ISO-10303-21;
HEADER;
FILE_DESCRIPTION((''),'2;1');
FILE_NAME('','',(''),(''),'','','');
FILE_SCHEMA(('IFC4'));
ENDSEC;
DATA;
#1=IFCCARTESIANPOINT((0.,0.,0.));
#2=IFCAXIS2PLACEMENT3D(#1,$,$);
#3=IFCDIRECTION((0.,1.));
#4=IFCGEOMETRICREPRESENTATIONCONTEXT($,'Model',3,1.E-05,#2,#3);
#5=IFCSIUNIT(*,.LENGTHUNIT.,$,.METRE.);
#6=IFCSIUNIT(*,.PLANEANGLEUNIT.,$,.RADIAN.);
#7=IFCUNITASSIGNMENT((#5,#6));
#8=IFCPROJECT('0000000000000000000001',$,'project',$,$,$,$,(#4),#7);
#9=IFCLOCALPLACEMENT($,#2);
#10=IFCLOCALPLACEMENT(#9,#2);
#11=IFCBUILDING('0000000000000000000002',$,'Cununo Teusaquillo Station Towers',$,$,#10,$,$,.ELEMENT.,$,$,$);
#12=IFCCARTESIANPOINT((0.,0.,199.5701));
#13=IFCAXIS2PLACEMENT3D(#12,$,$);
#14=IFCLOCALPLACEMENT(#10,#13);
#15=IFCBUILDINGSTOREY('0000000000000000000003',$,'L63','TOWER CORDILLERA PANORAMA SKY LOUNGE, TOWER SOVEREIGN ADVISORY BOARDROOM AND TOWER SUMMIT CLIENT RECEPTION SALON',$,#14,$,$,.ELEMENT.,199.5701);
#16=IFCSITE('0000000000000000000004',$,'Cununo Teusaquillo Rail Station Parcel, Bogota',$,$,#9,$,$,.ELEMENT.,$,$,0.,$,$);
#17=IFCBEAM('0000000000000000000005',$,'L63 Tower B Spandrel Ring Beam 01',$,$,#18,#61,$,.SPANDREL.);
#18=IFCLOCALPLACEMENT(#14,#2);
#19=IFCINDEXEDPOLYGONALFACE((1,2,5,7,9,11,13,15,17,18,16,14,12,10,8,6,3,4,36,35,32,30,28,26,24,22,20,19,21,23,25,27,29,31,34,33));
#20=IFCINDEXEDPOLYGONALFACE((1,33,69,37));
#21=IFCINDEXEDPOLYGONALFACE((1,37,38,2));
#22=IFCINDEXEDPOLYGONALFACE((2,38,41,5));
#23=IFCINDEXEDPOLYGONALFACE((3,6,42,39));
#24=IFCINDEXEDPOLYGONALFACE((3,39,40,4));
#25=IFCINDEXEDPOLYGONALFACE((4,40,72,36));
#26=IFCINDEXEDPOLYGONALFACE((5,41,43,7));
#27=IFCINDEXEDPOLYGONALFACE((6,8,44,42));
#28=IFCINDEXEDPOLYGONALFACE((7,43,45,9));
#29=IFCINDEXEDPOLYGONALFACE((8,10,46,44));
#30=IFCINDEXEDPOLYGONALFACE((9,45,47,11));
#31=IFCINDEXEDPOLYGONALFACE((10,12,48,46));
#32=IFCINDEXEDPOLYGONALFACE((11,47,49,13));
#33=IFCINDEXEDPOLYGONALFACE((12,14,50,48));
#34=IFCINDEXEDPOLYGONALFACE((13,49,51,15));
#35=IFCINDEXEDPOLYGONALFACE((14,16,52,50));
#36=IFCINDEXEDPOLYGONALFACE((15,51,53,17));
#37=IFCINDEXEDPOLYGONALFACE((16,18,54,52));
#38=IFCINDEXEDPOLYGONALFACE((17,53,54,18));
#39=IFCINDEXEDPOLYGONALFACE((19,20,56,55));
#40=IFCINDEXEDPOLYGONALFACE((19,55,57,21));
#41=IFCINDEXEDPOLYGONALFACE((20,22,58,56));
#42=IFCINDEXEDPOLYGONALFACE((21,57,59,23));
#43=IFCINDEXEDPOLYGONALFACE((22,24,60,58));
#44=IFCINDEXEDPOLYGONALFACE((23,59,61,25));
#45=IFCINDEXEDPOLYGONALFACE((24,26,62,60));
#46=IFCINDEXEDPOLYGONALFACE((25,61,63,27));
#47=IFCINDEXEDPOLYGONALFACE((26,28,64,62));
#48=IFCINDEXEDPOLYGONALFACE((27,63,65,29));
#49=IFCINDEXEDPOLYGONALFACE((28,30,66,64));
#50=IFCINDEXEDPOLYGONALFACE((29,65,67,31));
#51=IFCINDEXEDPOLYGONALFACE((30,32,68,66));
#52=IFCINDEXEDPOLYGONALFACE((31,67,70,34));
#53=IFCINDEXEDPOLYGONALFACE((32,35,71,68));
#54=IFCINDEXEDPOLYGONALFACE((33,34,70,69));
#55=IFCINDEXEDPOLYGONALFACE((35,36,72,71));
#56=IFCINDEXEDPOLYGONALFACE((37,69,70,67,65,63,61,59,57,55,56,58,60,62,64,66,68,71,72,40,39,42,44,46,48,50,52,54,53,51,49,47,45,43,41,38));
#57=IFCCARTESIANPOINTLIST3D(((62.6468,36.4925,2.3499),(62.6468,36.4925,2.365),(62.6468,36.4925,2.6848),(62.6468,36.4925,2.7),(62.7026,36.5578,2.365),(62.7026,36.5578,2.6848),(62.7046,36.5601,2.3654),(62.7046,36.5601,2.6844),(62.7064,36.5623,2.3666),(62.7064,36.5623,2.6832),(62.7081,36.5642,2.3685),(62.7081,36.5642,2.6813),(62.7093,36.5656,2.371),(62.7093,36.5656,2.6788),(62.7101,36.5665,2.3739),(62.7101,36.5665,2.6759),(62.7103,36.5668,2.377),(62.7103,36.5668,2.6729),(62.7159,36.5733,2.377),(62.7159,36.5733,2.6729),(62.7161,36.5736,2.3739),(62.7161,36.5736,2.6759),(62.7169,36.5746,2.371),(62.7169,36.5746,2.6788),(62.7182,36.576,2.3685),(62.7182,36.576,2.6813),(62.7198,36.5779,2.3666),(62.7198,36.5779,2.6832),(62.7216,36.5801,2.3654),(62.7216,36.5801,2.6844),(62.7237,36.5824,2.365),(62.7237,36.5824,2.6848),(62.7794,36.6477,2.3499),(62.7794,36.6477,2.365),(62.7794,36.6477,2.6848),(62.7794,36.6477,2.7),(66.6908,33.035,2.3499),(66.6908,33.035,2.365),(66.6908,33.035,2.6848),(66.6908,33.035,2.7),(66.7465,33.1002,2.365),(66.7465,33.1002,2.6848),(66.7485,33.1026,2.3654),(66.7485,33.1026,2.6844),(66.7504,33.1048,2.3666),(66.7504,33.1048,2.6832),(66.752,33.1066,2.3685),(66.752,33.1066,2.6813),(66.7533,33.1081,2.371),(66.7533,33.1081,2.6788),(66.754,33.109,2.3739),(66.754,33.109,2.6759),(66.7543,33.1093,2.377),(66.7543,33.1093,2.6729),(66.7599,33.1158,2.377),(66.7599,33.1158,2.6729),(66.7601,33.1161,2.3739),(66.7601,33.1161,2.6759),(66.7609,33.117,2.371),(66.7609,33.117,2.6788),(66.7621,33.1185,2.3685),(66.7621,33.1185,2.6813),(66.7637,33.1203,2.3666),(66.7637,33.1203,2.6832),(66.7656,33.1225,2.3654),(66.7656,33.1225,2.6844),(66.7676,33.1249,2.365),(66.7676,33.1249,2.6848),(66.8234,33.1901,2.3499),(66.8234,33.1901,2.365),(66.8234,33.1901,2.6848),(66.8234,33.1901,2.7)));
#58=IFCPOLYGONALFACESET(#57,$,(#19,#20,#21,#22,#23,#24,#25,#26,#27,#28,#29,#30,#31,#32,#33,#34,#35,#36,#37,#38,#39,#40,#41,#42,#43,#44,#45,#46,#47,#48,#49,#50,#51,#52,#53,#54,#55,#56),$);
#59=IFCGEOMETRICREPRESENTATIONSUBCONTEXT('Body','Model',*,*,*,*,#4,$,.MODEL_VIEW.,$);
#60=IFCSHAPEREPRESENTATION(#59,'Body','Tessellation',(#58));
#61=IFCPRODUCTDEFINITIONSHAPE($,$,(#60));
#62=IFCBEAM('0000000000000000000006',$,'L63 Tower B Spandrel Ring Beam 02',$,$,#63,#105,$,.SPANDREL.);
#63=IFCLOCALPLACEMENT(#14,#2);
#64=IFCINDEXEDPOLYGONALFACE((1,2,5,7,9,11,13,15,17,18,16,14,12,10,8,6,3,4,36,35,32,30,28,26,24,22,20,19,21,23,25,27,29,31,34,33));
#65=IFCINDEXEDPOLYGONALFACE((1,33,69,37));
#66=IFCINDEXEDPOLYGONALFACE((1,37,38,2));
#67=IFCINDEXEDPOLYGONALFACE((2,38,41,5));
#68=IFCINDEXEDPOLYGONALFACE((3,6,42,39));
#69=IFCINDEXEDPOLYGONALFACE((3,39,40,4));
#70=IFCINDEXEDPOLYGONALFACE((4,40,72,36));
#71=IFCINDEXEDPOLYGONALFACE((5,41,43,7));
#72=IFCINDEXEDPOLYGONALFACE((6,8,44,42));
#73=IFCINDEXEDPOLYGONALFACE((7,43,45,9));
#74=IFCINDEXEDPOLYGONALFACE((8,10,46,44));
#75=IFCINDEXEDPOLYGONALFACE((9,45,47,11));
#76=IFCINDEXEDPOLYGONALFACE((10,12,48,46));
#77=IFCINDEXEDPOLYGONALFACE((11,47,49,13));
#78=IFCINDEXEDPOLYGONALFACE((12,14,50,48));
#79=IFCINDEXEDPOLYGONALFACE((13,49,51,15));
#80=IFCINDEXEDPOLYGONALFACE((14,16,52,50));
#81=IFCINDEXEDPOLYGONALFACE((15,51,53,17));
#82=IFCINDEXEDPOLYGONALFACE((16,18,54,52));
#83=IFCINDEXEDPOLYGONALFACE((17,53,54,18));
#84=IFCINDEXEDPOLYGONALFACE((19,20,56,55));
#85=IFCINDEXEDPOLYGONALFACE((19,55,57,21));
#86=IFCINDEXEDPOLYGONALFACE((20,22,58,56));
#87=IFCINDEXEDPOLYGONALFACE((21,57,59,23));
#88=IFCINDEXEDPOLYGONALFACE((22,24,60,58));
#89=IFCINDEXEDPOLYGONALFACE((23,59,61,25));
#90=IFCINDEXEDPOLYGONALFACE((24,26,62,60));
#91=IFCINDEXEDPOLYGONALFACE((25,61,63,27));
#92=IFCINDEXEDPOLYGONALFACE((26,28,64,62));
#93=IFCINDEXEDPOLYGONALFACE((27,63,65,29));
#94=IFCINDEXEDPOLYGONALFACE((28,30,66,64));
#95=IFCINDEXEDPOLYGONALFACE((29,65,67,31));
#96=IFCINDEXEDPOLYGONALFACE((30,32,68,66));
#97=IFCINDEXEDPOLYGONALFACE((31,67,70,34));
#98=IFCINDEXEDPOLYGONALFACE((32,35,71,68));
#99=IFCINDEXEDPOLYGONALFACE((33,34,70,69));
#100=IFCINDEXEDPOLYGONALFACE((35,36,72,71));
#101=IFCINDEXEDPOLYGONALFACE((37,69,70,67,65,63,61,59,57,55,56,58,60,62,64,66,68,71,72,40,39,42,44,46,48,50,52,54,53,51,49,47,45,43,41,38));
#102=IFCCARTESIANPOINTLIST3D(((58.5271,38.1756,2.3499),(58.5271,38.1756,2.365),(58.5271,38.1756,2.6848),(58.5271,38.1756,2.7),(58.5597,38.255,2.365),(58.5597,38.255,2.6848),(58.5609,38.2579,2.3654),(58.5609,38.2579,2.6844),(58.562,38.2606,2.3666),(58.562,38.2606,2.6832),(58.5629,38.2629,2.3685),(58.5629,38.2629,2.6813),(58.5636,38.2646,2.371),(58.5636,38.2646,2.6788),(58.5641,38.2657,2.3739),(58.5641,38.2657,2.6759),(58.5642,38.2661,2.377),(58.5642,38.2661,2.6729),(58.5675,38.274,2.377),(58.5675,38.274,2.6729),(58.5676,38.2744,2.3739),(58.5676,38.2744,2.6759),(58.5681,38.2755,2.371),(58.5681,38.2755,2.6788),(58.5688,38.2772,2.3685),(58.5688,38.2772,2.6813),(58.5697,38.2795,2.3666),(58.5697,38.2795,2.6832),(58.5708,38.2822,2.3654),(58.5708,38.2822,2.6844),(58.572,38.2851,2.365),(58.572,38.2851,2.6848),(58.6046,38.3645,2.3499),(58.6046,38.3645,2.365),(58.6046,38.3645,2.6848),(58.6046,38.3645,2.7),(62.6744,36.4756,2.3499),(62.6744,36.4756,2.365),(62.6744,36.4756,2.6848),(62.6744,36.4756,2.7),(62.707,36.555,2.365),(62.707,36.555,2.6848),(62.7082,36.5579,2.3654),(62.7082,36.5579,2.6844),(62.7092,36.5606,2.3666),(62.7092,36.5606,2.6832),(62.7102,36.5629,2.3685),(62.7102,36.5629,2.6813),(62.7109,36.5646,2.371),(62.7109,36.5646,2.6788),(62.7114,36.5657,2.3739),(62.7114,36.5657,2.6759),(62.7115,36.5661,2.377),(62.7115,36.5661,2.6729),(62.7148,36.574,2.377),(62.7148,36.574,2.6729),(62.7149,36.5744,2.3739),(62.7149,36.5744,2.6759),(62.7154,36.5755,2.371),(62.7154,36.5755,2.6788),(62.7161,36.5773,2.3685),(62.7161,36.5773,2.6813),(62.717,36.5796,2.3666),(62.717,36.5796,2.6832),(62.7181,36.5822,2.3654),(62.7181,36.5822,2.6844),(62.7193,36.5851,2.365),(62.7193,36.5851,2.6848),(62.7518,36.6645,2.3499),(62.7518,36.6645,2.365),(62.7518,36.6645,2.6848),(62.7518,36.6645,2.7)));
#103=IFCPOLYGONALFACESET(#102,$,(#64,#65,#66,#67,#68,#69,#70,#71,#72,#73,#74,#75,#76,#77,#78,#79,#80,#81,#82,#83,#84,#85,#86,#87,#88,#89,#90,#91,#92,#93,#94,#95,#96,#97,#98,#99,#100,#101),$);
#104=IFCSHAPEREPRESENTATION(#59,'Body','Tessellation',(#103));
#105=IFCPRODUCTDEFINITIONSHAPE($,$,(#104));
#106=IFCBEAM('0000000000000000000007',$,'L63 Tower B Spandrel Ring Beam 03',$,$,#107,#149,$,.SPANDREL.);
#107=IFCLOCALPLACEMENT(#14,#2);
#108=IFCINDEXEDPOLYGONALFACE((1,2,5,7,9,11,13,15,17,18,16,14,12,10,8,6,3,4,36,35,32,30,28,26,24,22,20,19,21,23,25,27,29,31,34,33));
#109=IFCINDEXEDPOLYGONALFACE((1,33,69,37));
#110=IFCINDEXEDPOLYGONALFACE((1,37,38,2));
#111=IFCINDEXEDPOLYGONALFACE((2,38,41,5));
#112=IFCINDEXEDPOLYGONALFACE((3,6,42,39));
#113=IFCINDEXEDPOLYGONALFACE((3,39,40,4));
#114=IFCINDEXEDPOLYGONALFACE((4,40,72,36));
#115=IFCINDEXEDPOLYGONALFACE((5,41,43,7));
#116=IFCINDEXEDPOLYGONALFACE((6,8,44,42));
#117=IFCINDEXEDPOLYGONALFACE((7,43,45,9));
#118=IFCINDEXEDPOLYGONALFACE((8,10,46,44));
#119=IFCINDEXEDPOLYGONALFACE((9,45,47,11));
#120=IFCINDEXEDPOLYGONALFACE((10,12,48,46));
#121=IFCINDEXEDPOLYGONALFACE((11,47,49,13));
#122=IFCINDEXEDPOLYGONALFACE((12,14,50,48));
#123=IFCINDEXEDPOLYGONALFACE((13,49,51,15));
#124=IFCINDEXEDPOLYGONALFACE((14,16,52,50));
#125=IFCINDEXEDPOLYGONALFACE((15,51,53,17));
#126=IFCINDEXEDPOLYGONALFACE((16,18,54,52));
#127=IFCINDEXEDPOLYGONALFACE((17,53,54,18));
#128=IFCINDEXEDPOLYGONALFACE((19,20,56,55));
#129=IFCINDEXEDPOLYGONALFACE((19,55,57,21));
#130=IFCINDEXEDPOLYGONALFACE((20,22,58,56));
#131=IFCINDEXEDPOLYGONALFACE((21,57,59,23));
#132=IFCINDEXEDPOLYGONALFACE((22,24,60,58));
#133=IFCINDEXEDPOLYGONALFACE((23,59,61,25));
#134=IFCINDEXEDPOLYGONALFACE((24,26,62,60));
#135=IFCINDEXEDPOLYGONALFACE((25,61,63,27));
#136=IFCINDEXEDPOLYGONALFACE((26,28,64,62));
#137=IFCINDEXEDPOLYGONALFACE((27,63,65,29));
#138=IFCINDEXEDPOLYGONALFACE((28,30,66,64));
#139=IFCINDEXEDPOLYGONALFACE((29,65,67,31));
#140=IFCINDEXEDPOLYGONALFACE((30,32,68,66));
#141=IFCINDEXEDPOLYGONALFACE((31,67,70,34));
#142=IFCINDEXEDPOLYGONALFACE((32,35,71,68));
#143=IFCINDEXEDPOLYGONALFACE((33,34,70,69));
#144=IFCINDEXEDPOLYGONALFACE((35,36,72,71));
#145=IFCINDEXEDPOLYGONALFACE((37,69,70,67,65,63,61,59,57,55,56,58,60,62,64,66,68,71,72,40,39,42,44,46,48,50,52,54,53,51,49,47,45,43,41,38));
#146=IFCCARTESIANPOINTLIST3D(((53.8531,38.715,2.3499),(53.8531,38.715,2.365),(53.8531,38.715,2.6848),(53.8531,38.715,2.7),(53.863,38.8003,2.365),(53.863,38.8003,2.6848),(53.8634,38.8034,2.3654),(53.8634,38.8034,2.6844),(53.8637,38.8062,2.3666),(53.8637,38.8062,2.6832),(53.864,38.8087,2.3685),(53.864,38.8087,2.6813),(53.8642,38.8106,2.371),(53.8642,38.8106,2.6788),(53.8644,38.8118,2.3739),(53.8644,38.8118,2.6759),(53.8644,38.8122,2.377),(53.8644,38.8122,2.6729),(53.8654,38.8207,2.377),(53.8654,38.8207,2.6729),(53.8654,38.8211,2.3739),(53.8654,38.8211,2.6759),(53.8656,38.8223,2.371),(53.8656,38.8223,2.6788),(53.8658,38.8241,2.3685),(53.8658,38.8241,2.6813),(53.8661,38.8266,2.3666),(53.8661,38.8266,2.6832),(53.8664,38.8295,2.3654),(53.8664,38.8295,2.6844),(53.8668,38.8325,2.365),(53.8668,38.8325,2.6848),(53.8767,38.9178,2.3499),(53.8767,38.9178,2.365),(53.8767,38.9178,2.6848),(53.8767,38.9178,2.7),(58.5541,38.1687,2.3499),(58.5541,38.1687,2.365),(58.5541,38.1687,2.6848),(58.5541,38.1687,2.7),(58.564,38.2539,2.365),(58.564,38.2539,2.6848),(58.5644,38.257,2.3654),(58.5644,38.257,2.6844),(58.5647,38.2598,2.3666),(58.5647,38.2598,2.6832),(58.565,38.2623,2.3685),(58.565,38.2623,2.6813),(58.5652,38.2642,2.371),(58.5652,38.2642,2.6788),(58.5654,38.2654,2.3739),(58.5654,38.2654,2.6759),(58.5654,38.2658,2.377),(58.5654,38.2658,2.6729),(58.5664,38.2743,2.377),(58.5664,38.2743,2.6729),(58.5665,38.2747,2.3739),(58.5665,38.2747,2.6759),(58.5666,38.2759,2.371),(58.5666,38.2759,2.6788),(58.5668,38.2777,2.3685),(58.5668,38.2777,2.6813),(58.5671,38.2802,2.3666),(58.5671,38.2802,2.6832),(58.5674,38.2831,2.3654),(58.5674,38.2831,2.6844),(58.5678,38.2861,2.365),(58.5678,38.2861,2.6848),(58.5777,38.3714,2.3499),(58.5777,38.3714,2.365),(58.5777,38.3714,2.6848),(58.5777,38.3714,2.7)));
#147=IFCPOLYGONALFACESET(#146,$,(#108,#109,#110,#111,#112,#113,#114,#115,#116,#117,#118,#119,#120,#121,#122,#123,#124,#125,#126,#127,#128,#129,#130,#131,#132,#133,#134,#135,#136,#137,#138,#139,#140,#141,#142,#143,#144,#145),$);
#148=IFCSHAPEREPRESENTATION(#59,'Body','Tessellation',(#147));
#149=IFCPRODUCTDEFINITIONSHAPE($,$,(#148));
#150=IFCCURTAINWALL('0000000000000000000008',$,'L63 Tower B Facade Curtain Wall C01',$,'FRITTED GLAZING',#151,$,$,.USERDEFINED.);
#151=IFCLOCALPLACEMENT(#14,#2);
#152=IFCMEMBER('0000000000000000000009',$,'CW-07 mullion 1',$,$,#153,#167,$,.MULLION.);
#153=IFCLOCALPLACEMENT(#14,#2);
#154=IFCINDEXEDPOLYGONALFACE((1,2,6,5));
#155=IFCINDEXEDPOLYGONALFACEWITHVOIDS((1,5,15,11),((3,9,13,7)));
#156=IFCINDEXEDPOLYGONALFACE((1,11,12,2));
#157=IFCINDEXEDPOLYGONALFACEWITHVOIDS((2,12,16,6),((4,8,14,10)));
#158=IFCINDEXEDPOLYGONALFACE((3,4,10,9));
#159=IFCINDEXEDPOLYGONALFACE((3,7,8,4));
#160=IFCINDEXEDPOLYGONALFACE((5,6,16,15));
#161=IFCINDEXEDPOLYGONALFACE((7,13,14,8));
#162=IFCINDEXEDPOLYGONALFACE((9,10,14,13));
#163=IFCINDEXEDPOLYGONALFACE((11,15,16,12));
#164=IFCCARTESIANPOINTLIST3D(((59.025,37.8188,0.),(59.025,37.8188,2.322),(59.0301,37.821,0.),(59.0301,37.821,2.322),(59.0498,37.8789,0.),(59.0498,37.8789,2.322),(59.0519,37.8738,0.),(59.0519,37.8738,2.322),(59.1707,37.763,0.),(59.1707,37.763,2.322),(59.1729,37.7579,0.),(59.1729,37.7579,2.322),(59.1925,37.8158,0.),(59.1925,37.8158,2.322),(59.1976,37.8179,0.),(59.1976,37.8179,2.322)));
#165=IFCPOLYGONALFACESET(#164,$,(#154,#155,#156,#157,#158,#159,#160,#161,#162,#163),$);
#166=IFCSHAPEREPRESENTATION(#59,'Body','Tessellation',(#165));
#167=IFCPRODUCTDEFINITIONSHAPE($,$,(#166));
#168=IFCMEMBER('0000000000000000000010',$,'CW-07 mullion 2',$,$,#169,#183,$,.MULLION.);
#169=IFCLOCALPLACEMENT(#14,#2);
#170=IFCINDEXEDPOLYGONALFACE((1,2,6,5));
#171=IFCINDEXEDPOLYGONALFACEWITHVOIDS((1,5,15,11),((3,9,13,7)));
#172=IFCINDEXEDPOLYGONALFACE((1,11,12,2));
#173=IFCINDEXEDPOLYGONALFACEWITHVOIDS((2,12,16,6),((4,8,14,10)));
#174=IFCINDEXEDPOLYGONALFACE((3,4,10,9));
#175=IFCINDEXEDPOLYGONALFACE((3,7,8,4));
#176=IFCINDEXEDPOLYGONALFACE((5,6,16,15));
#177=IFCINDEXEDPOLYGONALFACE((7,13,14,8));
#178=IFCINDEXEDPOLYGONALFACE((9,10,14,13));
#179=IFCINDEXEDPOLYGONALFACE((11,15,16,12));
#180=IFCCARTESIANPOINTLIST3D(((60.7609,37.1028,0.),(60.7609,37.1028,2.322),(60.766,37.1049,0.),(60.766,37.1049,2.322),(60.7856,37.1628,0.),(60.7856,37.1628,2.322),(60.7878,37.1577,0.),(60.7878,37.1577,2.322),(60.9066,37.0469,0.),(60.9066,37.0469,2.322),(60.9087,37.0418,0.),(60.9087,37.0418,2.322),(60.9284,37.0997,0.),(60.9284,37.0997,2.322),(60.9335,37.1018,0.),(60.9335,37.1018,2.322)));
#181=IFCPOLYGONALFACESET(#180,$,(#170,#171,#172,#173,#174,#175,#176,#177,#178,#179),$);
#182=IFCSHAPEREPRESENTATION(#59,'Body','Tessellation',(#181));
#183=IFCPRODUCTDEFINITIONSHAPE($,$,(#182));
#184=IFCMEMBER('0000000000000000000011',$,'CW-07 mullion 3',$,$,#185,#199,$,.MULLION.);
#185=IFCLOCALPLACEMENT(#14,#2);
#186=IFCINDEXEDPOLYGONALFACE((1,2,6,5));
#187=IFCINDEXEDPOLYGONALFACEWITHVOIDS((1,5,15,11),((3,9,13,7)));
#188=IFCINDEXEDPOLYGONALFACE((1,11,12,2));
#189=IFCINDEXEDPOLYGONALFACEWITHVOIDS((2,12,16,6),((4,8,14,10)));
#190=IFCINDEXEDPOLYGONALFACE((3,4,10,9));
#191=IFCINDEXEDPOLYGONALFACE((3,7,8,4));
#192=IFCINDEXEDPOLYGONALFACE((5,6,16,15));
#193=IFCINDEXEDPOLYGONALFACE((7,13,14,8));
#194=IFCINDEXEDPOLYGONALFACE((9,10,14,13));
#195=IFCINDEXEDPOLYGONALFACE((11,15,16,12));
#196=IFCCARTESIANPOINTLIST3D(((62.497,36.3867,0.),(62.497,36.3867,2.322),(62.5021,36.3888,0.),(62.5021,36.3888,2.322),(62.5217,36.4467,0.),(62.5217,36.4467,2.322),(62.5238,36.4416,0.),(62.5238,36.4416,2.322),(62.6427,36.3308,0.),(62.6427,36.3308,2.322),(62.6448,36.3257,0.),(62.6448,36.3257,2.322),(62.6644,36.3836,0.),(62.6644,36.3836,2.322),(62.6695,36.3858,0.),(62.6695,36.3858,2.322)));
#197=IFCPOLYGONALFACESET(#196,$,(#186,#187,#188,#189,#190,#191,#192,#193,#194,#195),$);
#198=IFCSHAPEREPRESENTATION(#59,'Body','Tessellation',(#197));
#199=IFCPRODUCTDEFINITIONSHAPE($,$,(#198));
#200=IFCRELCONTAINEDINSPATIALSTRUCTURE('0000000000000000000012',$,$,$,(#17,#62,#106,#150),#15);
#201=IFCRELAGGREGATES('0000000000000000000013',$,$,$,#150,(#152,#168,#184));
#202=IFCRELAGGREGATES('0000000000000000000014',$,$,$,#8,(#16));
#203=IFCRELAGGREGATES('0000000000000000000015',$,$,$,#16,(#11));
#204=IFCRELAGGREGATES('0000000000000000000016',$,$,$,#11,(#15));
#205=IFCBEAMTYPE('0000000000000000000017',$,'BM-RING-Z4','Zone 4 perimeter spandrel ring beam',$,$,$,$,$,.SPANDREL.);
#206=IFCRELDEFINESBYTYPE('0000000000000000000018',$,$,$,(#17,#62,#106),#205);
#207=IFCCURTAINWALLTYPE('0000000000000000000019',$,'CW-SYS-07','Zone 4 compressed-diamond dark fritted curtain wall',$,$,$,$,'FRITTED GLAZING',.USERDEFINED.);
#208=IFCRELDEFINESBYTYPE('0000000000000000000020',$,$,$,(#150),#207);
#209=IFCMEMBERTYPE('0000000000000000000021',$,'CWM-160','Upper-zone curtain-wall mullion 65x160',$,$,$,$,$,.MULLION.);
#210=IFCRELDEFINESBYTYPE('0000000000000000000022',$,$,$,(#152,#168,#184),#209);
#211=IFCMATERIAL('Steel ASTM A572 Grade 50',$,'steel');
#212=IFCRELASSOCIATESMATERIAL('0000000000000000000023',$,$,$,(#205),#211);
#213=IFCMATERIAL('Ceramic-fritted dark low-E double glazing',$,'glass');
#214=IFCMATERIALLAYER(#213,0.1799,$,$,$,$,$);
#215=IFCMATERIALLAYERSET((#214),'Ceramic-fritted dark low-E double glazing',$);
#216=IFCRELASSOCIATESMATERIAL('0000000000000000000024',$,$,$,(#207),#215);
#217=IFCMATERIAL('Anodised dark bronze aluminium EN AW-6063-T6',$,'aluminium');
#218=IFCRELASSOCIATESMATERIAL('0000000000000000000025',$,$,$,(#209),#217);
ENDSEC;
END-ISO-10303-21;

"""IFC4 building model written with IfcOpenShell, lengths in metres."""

from ifc_helpers import new_model, si_unit, direction, frame, origin, origin_2d, place, context, subcontext, project, spatial, hollow_rectangle, i_section, extrude, material, layer, layer_set, material_profile, profile_set, type_object, element, aggregate, save


model = new_model("IFC4")

# Units and contexts
model_context = context("Model", 3, precision=1e-05, world=origin(), true_north=direction((0.0, 1.0)))
body_context = subcontext(model_context, "Body", "Model", "MODEL_VIEW")
ifc_project = project(units=[si_unit("LENGTHUNIT", "METRE"), si_unit("PLANEANGLEUNIT", "RADIAN")], contexts=[model_context])

# Site, building, storey
site_placement = place(None, origin())
site = spatial("IfcSite", under=ifc_project, at=site_placement, Name="Cununo Teusaquillo Rail Station Parcel, Bogota", CompositionType="ELEMENT", RefElevation=0.0)
building_placement = place(site_placement, origin())
building = spatial("IfcBuilding", under=site, at=building_placement, Name="Cununo Teusaquillo Station Towers", CompositionType="ELEMENT")
storey_placement = place(building_placement, frame((0.0, 0.0, 199.5701)))
storey = spatial("IfcBuildingStorey", under=building, at=storey_placement, Name="L63", Description="TOWER CORDILLERA PANORAMA SKY LOUNGE, TOWER SOVEREIGN ADVISORY BOARDROOM AND TOWER SUMMIT CLIENT RECEPTION SALON", CompositionType="ELEMENT", Elevation=199.5701)

# Beams
ifc_material_1 = material(Name="Steel ASTM A572 Grade 50", Category="steel")
ifc_material_profile_1 = material_profile(ifc_material_1, i_section(OverallWidth=0.2041, OverallDepth=0.3501, WebThickness=0.0085, FlangeThickness=0.0151, FilletRadius=0.012, at=origin_2d()), Name="W14X48")
ifc_profile_set_1 = profile_set([ifc_material_profile_1], Name="Steel ASTM A572 Grade 50")
beam_type_1 = type_object("IfcBeamType", Name="BM-RING-Z4", Description="Zone 4 perimeter spandrel ring beam", PredefinedType="SPANDREL", material=ifc_profile_set_1)
beam_1_placement = place(storey_placement, frame((66.7571, 33.1125, 2.5249), z_axis=(-0.760066, 0.649846, 0.0), x_axis=(-0.649846, -0.760066, 0.0)))
element("IfcBeam", 1, at=beam_1_placement, inside=storey, type_object=beam_type_1, Name="L63 Tower B Spandrel Ring Beam 01", PredefinedType="SPANDREL", context=body_context, shape_type="SweptSolid", body=[
    extrude(i_section(OverallWidth=0.2041, OverallDepth=0.3501, WebThickness=0.0085, FlangeThickness=0.0151, FilletRadius=0.012, at=origin_2d()), origin(), (0.0, 0.0, 1.0), 5.3206),
])
beam_2_placement = place(storey_placement, frame((62.7131, 36.5701, 2.5249), z_axis=(-0.925284, 0.379275, 0.0), x_axis=(-0.379275, -0.925284, 0.0)))
element("IfcBeam", 2, at=beam_2_placement, inside=storey, type_object=beam_type_1, Name="L63 Tower B Spandrel Ring Beam 02", PredefinedType="SPANDREL", context=body_context, shape_type="SweptSolid", body=[
    extrude(i_section(OverallWidth=0.2041, OverallDepth=0.3501, WebThickness=0.0085, FlangeThickness=0.0151, FilletRadius=0.012, at=origin_2d()), origin(), (0.0, 0.0, 1.0), 4.4822),
])
beam_3_placement = place(storey_placement, frame((58.5659, 38.27, 2.5249), z_axis=(-0.993313, 0.115452, 0.0), x_axis=(-0.115452, -0.993313, 0.0)))
element("IfcBeam", 3, at=beam_3_placement, inside=storey, type_object=beam_type_1, Name="L63 Tower B Spandrel Ring Beam 03", PredefinedType="SPANDREL", context=body_context, shape_type="SweptSolid", body=[
    extrude(i_section(OverallWidth=0.2041, OverallDepth=0.3501, WebThickness=0.0085, FlangeThickness=0.0151, FilletRadius=0.012, at=origin_2d()), origin(), (0.0, 0.0, 1.0), 4.7327),
])

# Curtain wall, members
ifc_material_2 = material(Name="Ceramic-fritted dark low-E double glazing", Category="glass")
ifc_layer_1 = layer(ifc_material_2, 0.1799)
ifc_layer_set_1 = layer_set([ifc_layer_1], Name="Ceramic-fritted dark low-E double glazing")
curtain_wall_type = type_object("IfcCurtainWallType", Name="CW-SYS-07", Description="Zone 4 compressed-diamond dark fritted curtain wall", ElementType="FRITTED GLAZING", PredefinedType="USERDEFINED", material=ifc_layer_set_1)
curtain_wall_placement = place(storey_placement, origin())
curtain_wall = element("IfcCurtainWall", 4, at=curtain_wall_placement, inside=storey, type_object=curtain_wall_type, Name="L63 Tower B Facade Curtain Wall C01", ObjectType="FRITTED GLAZING", PredefinedType="USERDEFINED")
ifc_material_3 = material(Name="Anodised dark bronze aluminium EN AW-6063-T6", Category="aluminium")
ifc_material_profile_2 = material_profile(ifc_material_3, hollow_rectangle(XDim=0.0649, YDim=0.1599, WallThickness=0.0039, at=origin_2d()), Name="CW-MULL-65x160")
ifc_profile_set_2 = profile_set([ifc_material_profile_2], Name="Anodised dark bronze aluminium EN AW-6063-T6")
member_type_1 = type_object("IfcMemberType", Name="CWM-160", Description="Upper-zone curtain-wall mullion 65x160", PredefinedType="MULLION", material=ifc_profile_set_2)
member_1_placement = place(storey_placement, frame((59.1113, 37.8184, 0.0), z_axis=(0.0, 0.0, 1.0), x_axis=(0.381311, 0.924447, 0.0)))
member_1 = element("IfcMember", 5, at=member_1_placement, type_object=member_type_1, Name="CW-07 mullion 1", PredefinedType="MULLION", context=body_context, shape_type="SweptSolid", body=[
    extrude(hollow_rectangle(XDim=0.0649, YDim=0.1599, WallThickness=0.0039, at=origin_2d()), origin(), (0.0, 0.0, 1.0), 2.322),
])
member_2_placement = place(storey_placement, frame((60.8472, 37.1023, 0.0), z_axis=(0.0, 0.0, 1.0), x_axis=(0.381311, 0.924447, 0.0)))
member_2 = element("IfcMember", 6, at=member_2_placement, type_object=member_type_1, Name="CW-07 mullion 2", PredefinedType="MULLION", context=body_context, shape_type="SweptSolid", body=[
    extrude(hollow_rectangle(XDim=0.0649, YDim=0.1599, WallThickness=0.0039, at=origin_2d()), origin(), (0.0, 0.0, 1.0), 2.322),
])
member_3_placement = place(storey_placement, frame((62.5833, 36.3862, 0.0), z_axis=(0.0, 0.0, 1.0), x_axis=(0.381311, 0.924447, 0.0)))
member_3 = element("IfcMember", 7, at=member_3_placement, type_object=member_type_1, Name="CW-07 mullion 3", PredefinedType="MULLION", context=body_context, shape_type="SweptSolid", body=[
    extrude(hollow_rectangle(XDim=0.0649, YDim=0.1599, WallThickness=0.0039, at=origin_2d()), origin(), (0.0, 0.0, 1.0), 2.322),
])

aggregate(curtain_wall, [member_1, member_2, member_3])

save(model, "model.ifc")
